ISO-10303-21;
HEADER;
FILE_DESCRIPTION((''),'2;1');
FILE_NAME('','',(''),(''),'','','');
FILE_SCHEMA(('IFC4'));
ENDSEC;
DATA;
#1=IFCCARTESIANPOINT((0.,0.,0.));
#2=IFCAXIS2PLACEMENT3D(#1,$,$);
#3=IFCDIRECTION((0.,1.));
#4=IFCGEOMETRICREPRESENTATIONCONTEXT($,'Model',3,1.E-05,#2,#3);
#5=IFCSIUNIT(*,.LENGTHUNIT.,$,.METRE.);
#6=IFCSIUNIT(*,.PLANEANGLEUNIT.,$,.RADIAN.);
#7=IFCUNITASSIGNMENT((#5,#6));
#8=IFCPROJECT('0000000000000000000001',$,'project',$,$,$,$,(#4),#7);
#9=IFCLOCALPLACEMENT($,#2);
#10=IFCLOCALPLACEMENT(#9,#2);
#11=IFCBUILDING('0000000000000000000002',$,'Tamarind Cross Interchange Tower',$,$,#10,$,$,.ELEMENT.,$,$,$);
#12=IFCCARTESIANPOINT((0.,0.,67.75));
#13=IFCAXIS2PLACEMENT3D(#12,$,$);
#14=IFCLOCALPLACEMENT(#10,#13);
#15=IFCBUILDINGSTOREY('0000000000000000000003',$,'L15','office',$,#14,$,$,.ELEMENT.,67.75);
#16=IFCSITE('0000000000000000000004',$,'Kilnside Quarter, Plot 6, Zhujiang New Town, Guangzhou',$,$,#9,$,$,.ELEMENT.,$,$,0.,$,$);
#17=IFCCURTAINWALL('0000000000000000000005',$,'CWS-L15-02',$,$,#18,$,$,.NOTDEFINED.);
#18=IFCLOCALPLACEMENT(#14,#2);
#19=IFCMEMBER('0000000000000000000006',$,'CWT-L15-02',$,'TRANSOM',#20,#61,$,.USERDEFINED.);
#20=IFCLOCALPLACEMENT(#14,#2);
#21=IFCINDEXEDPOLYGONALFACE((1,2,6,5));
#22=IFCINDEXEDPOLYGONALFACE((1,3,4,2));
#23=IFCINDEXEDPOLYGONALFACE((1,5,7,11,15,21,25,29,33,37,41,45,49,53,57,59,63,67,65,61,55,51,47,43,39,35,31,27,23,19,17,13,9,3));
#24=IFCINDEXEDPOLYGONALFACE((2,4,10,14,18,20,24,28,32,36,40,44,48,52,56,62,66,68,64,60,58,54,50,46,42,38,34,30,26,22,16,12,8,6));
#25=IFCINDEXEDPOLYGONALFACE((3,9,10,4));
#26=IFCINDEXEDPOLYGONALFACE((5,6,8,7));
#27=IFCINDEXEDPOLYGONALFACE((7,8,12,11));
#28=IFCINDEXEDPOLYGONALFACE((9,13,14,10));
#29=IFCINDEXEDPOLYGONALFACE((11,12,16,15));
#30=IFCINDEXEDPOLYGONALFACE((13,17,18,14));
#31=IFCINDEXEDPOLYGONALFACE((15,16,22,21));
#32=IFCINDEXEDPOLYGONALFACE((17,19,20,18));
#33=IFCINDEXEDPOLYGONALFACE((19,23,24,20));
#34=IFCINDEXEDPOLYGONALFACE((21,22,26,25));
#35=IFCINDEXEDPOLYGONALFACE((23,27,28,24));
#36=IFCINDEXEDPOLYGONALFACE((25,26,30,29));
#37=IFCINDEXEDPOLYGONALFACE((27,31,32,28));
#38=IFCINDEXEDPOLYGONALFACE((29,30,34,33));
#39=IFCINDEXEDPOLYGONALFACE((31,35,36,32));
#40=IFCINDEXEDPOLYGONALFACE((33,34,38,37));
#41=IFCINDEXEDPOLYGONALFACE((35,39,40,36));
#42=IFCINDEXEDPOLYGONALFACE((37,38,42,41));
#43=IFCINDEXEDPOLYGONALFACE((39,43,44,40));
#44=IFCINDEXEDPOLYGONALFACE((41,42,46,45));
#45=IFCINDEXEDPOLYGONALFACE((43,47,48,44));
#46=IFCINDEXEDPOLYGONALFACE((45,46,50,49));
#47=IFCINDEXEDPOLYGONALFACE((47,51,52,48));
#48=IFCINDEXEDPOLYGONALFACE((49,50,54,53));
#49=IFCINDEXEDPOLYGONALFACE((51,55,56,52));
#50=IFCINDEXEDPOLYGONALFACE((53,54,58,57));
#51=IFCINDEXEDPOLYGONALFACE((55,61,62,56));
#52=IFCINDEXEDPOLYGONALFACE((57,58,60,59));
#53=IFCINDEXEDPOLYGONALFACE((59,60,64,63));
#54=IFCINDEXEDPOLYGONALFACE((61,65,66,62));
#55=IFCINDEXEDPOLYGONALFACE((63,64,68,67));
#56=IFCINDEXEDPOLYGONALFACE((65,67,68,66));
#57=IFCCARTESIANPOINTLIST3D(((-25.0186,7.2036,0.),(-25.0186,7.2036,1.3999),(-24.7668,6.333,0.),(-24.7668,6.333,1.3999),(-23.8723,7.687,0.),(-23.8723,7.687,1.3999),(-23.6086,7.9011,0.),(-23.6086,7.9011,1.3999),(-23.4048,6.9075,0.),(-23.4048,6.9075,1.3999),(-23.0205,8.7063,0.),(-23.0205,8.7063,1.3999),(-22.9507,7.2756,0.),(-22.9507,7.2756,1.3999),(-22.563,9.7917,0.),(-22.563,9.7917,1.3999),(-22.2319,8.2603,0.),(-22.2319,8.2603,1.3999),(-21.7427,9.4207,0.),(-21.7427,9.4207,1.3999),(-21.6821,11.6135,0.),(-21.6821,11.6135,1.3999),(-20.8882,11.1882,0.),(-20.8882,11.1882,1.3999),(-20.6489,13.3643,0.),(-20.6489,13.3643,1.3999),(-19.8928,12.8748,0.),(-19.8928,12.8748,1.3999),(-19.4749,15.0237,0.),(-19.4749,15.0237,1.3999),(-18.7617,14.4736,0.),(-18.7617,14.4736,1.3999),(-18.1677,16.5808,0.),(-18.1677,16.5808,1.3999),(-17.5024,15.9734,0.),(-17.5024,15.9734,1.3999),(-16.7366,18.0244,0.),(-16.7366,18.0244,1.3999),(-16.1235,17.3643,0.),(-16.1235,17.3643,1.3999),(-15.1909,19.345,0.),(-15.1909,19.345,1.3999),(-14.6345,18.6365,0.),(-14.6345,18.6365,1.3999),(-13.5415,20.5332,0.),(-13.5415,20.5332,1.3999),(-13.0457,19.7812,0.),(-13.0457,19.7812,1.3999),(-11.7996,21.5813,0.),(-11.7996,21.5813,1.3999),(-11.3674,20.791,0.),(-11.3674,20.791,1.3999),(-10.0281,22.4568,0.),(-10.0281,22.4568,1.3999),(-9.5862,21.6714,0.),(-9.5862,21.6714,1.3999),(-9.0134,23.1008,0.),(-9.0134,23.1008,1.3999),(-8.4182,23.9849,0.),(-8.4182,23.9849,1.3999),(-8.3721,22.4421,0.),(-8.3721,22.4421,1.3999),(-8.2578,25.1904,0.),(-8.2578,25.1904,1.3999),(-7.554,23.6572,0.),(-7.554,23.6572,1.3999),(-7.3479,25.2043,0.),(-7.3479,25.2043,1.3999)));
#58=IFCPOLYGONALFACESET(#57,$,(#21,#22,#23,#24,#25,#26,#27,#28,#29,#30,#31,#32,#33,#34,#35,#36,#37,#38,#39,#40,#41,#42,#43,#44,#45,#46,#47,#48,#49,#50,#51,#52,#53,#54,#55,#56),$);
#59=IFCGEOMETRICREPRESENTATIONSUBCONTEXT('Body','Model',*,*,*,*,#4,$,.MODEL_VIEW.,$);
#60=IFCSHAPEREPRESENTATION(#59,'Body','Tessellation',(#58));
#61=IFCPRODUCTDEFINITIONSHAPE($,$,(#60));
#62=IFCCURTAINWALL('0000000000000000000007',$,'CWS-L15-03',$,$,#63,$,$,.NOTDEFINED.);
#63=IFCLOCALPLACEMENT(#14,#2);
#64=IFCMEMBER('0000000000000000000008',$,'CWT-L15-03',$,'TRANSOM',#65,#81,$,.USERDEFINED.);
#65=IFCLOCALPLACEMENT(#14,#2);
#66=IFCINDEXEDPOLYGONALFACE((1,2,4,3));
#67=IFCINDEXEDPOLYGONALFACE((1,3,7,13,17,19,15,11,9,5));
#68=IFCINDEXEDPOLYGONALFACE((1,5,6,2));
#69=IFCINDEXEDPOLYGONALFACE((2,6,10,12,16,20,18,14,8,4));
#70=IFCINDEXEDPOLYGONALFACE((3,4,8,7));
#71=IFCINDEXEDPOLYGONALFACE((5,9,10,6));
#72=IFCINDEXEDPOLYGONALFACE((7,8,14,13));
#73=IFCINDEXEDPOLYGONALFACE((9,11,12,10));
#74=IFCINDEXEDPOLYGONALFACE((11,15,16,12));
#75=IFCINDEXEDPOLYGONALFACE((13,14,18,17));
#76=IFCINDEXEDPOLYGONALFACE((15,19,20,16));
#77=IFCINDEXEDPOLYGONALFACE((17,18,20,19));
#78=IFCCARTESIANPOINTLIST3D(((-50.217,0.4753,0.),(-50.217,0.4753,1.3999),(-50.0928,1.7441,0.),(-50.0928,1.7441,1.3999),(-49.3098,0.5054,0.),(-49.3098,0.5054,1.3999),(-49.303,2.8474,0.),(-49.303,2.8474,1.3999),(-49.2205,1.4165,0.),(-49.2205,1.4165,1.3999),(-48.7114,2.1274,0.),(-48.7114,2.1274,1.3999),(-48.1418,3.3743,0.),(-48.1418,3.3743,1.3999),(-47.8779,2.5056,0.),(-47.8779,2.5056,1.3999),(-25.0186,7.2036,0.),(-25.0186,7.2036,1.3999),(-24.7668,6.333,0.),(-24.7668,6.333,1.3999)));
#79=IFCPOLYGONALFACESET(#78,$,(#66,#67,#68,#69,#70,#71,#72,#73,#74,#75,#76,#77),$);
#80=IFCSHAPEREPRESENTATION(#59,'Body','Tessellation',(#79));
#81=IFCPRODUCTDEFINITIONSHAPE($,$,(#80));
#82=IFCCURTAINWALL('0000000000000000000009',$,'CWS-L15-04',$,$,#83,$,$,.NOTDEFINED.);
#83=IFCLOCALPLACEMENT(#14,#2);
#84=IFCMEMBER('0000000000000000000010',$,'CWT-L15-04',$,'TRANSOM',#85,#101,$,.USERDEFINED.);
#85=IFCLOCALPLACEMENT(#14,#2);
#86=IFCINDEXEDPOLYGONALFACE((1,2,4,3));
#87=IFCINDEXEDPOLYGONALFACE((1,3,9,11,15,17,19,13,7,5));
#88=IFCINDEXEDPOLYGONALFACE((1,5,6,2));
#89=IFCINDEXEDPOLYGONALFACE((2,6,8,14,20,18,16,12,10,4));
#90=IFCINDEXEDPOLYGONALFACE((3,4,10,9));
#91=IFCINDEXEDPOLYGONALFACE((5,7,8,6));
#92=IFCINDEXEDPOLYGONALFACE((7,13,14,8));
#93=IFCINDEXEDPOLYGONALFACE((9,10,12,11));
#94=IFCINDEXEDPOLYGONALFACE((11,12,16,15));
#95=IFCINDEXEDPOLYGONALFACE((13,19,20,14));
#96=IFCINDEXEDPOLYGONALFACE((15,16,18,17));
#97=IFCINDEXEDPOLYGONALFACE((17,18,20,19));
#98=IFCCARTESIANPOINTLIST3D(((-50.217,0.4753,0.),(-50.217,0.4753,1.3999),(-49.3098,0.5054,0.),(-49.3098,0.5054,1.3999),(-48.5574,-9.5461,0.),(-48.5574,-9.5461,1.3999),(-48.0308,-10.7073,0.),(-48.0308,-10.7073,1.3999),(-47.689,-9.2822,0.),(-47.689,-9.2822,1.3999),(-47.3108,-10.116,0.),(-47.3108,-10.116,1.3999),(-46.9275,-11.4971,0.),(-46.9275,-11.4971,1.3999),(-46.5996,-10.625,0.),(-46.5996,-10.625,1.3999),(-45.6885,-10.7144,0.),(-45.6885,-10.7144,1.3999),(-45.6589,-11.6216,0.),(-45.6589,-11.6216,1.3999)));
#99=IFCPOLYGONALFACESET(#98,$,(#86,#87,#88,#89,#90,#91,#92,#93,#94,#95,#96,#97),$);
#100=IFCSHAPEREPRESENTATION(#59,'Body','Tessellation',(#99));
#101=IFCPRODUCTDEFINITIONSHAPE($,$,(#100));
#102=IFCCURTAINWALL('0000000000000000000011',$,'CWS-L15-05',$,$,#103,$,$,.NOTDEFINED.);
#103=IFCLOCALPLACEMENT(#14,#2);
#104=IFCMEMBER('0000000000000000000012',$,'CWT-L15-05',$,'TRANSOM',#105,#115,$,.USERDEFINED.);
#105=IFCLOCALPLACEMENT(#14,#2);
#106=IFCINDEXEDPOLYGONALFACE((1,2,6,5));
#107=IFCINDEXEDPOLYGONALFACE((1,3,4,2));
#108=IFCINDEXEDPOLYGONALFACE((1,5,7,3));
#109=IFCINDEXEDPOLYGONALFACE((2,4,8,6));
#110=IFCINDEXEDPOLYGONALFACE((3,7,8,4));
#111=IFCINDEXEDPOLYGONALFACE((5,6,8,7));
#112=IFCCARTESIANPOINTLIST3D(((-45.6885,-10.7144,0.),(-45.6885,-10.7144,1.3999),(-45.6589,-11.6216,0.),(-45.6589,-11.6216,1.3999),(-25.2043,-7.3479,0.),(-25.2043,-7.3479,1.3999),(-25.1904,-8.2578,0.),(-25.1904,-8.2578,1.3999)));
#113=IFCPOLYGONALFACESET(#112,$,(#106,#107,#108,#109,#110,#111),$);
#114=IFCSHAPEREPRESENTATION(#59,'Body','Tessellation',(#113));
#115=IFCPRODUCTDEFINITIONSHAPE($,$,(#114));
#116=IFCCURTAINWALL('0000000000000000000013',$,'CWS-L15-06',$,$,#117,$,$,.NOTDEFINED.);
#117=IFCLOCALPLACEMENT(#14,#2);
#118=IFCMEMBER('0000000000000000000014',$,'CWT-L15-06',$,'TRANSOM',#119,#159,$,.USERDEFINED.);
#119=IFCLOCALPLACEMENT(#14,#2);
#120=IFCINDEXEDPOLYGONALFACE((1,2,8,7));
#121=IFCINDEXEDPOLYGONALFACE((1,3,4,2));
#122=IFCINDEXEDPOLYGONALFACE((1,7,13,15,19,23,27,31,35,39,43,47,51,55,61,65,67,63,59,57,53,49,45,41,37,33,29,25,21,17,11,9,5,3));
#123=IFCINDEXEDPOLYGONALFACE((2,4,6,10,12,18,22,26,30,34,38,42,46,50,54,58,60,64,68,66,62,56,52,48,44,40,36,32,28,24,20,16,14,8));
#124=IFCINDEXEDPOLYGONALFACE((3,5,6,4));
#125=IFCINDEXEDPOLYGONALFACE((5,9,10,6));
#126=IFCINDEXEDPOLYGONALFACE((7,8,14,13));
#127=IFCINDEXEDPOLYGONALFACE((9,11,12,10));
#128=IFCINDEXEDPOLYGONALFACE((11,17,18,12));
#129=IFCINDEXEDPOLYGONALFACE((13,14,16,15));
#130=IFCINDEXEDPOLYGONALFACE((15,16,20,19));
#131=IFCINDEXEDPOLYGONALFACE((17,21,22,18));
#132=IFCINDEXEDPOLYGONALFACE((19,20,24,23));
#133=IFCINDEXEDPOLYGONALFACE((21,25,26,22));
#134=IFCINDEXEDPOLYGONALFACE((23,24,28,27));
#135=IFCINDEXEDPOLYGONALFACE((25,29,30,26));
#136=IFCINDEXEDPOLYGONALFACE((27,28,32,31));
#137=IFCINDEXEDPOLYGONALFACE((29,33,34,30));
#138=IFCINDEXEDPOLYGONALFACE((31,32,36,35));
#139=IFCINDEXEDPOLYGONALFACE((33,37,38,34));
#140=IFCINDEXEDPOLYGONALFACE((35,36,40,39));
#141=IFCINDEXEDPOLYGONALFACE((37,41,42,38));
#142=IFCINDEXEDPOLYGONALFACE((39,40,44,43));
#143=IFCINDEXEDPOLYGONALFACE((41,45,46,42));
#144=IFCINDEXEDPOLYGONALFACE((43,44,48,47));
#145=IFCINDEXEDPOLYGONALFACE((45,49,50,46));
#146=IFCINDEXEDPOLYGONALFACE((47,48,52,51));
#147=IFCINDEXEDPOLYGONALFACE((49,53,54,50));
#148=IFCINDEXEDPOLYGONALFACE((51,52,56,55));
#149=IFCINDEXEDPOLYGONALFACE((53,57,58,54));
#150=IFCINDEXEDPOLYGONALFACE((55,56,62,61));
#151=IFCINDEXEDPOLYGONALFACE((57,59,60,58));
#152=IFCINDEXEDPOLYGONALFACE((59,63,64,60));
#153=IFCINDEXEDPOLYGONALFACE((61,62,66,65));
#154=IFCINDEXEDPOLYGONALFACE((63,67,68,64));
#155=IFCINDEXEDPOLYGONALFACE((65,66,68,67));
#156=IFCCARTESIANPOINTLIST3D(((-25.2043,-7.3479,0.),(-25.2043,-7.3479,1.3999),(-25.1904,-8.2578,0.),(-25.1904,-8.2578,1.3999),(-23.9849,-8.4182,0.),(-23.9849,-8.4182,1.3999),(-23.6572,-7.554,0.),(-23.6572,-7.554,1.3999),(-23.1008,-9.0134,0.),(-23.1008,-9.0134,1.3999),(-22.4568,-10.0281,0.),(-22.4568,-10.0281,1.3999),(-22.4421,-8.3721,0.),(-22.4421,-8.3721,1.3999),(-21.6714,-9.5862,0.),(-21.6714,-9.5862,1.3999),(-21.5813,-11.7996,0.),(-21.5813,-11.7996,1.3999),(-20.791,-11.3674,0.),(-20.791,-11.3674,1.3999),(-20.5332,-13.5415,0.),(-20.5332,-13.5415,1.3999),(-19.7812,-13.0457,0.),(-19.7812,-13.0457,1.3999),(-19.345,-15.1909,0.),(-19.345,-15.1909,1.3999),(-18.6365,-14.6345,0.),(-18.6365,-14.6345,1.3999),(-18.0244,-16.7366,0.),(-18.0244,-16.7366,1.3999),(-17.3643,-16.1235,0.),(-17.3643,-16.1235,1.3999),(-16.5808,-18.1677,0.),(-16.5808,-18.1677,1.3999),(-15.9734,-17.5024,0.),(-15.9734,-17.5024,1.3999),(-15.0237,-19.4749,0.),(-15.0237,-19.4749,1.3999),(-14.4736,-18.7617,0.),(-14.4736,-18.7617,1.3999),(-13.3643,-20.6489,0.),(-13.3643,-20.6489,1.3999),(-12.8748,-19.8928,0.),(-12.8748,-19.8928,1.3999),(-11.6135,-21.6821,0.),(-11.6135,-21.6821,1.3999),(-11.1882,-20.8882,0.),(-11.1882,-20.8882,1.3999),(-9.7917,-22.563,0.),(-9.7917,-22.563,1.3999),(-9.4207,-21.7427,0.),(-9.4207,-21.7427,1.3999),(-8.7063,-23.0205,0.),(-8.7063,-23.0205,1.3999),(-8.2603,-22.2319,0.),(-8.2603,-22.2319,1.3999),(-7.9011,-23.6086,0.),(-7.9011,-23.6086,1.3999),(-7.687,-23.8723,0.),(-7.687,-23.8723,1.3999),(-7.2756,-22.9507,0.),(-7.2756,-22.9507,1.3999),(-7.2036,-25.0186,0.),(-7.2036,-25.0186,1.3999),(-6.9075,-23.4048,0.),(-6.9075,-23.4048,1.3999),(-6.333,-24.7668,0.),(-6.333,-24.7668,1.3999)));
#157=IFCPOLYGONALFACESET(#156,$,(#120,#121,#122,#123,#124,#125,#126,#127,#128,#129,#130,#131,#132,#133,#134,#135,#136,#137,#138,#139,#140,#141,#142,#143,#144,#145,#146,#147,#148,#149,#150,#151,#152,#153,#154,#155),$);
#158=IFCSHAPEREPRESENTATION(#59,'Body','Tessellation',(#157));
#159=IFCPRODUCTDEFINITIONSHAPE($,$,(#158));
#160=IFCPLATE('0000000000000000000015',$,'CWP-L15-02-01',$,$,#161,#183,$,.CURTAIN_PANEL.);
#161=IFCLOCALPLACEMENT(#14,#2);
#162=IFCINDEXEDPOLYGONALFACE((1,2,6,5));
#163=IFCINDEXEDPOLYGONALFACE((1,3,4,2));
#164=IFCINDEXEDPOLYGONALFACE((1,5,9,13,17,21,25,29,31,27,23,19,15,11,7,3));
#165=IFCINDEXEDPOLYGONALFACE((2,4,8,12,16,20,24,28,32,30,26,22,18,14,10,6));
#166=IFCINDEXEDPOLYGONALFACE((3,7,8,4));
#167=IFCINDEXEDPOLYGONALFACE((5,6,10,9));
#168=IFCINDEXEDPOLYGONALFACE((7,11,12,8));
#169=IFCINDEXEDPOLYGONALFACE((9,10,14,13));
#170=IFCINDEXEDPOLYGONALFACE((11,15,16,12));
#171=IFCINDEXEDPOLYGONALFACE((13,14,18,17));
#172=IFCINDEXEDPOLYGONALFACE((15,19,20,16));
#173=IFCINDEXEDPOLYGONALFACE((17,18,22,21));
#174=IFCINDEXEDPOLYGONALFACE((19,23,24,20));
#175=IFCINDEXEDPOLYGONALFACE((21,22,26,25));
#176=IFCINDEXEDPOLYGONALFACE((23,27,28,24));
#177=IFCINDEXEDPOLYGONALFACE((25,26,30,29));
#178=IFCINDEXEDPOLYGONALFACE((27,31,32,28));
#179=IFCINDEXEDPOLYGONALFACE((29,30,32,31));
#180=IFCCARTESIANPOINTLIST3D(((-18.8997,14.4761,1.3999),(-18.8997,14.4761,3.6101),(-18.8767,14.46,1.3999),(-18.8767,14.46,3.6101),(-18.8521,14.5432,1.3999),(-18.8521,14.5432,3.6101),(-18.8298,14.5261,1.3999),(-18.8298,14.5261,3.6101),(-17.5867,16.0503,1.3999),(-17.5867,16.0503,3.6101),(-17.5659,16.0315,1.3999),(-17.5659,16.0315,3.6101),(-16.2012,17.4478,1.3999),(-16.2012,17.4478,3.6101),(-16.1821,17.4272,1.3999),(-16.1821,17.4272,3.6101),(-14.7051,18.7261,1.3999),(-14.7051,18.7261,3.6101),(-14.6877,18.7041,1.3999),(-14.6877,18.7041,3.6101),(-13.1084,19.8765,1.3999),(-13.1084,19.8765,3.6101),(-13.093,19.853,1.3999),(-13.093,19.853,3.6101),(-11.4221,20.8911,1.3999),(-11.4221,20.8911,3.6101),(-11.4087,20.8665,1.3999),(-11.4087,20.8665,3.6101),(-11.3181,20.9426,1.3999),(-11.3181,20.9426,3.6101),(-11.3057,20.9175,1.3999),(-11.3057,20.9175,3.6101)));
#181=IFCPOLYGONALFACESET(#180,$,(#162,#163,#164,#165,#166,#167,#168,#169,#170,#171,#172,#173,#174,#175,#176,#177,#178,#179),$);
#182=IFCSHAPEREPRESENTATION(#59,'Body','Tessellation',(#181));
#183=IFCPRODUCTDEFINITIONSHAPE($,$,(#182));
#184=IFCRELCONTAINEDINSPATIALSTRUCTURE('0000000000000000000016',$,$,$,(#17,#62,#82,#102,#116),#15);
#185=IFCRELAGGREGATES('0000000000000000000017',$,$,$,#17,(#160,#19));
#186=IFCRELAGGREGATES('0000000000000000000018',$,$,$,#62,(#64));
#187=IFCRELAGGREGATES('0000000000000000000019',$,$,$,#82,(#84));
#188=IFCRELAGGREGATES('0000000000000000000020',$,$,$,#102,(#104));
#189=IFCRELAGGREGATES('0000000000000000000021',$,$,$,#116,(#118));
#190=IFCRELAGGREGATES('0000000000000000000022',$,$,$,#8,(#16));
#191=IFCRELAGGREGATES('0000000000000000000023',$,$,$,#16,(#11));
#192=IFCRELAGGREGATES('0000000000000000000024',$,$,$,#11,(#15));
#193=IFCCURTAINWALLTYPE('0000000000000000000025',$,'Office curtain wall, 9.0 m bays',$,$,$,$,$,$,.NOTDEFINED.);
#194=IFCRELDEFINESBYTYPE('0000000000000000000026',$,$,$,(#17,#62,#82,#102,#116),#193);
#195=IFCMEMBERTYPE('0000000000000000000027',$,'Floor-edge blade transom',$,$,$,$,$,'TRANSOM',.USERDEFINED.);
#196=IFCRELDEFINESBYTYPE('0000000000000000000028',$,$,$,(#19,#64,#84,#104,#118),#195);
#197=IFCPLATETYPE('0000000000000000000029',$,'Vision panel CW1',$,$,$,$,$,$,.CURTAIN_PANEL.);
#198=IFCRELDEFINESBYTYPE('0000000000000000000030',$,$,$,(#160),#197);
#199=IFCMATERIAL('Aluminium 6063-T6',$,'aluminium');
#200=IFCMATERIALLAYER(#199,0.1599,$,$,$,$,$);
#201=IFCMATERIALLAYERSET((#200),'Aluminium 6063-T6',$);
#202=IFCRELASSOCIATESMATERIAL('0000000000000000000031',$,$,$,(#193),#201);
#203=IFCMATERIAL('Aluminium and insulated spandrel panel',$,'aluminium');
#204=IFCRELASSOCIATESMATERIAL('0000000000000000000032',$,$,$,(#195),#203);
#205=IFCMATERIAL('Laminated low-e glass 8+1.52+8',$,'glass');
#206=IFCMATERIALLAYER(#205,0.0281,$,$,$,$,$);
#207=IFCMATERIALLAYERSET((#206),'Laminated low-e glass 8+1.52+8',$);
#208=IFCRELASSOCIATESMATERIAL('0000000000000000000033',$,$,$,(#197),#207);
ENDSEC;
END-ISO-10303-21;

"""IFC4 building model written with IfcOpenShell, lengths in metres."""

from ifc_helpers import new_model, si_unit, direction, frame, origin, place, context, subcontext, project, spatial, polyline, outline, extrude, material, layer, layer_set, type_object, element, aggregate, save


model = new_model("IFC4")

# Units and contexts
model_context = context("Model", 3, precision=1e-05, world=origin(), true_north=direction((0.0, 1.0)))
body_context = subcontext(model_context, "Body", "Model", "MODEL_VIEW")
ifc_project = project(units=[si_unit("LENGTHUNIT", "METRE"), si_unit("PLANEANGLEUNIT", "RADIAN")], contexts=[model_context])

# Site, building, storey
site_placement = place(None, origin())
site = spatial("IfcSite", under=ifc_project, at=site_placement, Name="Kilnside Quarter, Plot 6, Zhujiang New Town, Guangzhou", CompositionType="ELEMENT", RefElevation=0.0)
building_placement = place(site_placement, origin())
building = spatial("IfcBuilding", under=site, at=building_placement, Name="Tamarind Cross Interchange Tower", CompositionType="ELEMENT")
storey_placement = place(building_placement, frame((0.0, 0.0, 67.75)))
storey = spatial("IfcBuildingStorey", under=building, at=storey_placement, Name="L15", Description="office", CompositionType="ELEMENT", Elevation=67.75)

# Curtain walls, members
ifc_material_1 = material(Name="Aluminium 6063-T6", Category="aluminium")
ifc_layer_1 = layer(ifc_material_1, 0.1599)
ifc_layer_set_1 = layer_set([ifc_layer_1], Name="Aluminium 6063-T6")
curtain_wall_type = type_object("IfcCurtainWallType", Name="Office curtain wall, 9.0 m bays", PredefinedType="NOTDEFINED", material=ifc_layer_set_1)
curtain_wall_1_placement = place(storey_placement, origin())
curtain_wall_1 = element("IfcCurtainWall", 1, at=curtain_wall_1_placement, inside=storey, type_object=curtain_wall_type, Name="CWS-L15-02", PredefinedType="NOTDEFINED")
ifc_material_2 = material(Name="Aluminium and insulated spandrel panel", Category="aluminium")
member_type = type_object("IfcMemberType", Name="Floor-edge blade transom", ElementType="TRANSOM", PredefinedType="USERDEFINED", material=ifc_material_2)
member_1_placement = place(storey_placement, origin())
member_1 = element("IfcMember", 2, at=member_1_placement, type_object=member_type, Name="CWT-L15-02", ObjectType="TRANSOM", PredefinedType="USERDEFINED", context=body_context, shape_type="SweptSolid", body=[
    extrude(outline(polyline([(-7.3479, 25.2043), (-7.554, 23.6572), (-8.3721, 22.4421), (-9.5862, 21.6714), (-11.3674, 20.791), (-13.0457, 19.7812), (-14.6345, 18.6365), (-16.1235, 17.3643), (-17.5024, 15.9734), (-18.7617, 14.4736), (-19.8928, 12.8748), (-20.8882, 11.1882), (-21.7427, 9.4207), (-22.2319, 8.2603), (-22.9507, 7.2756), (-23.4048, 6.9075), (-24.7668, 6.333), (-25.0186, 7.2036), (-23.8723, 7.687), (-23.6086, 7.9011), (-23.0205, 8.7063), (-22.563, 9.7917), (-21.6821, 11.6135), (-20.6489, 13.3643), (-19.4749, 15.0237), (-18.1677, 16.5808), (-16.7366, 18.0244), (-15.1909, 19.345), (-13.5415, 20.5332), (-11.7996, 21.5813), (-10.0281, 22.4568), (-9.0134, 23.1008), (-8.4182, 23.9849), (-8.2578, 25.1904), (-7.3479, 25.2043)])), origin(), (0.0, 0.0, 1.0), 1.3999),
])
curtain_wall_2_placement = place(storey_placement, origin())
curtain_wall_2 = element("IfcCurtainWall", 3, at=curtain_wall_2_placement, inside=storey, type_object=curtain_wall_type, Name="CWS-L15-03", PredefinedType="NOTDEFINED")
member_2_placement = place(storey_placement, origin())
member_2 = element("IfcMember", 4, at=member_2_placement, type_object=member_type, Name="CWT-L15-03", ObjectType="TRANSOM", PredefinedType="USERDEFINED", context=body_context, shape_type="SweptSolid", body=[
    extrude(outline(polyline([(-24.7668, 6.333), (-47.8779, 2.5056), (-48.7114, 2.1274), (-49.2205, 1.4165), (-49.3098, 0.5054), (-50.217, 0.4753), (-50.0928, 1.7441), (-49.303, 2.8474), (-48.1418, 3.3743), (-25.0186, 7.2036), (-24.7668, 6.333)])), origin(), (0.0, 0.0, 1.0), 1.3999),
])
curtain_wall_3_placement = place(storey_placement, origin())
curtain_wall_3 = element("IfcCurtainWall", 5, at=curtain_wall_3_placement, inside=storey, type_object=curtain_wall_type, Name="CWS-L15-04", PredefinedType="NOTDEFINED")
member_3_placement = place(storey_placement, origin())
member_3 = element("IfcMember", 6, at=member_3_placement, type_object=member_type, Name="CWT-L15-04", ObjectType="TRANSOM", PredefinedType="USERDEFINED", context=body_context, shape_type="SweptSolid", body=[
    extrude(outline(polyline([(-49.3098, 0.5054), (-47.689, -9.2822), (-47.3108, -10.116), (-46.5996, -10.625), (-45.6885, -10.7144), (-45.6589, -11.6216), (-46.9275, -11.4971), (-48.0308, -10.7073), (-48.5574, -9.5461), (-50.217, 0.4753), (-49.3098, 0.5054)])), origin(), (0.0, 0.0, 1.0), 1.3999),
])
curtain_wall_4_placement = place(storey_placement, origin())
curtain_wall_4 = element("IfcCurtainWall", 7, at=curtain_wall_4_placement, inside=storey, type_object=curtain_wall_type, Name="CWS-L15-05", PredefinedType="NOTDEFINED")
member_4_placement = place(storey_placement, origin())
member_4 = element("IfcMember", 8, at=member_4_placement, type_object=member_type, Name="CWT-L15-05", ObjectType="TRANSOM", PredefinedType="USERDEFINED", context=body_context, shape_type="SweptSolid", body=[
    extrude(outline(polyline([(-45.6885, -10.7144), (-25.2043, -7.3479), (-25.1904, -8.2578), (-45.6589, -11.6216), (-45.6885, -10.7144)])), origin(), (0.0, 0.0, 1.0), 1.3999),
])
curtain_wall_5_placement = place(storey_placement, origin())
curtain_wall_5 = element("IfcCurtainWall", 9, at=curtain_wall_5_placement, inside=storey, type_object=curtain_wall_type, Name="CWS-L15-06", PredefinedType="NOTDEFINED")
member_5_placement = place(storey_placement, origin())
member_5 = element("IfcMember", 10, at=member_5_placement, type_object=member_type, Name="CWT-L15-06", ObjectType="TRANSOM", PredefinedType="USERDEFINED", context=body_context, shape_type="SweptSolid", body=[
    extrude(outline(polyline([(-25.2043, -7.3479), (-23.6572, -7.554), (-22.4421, -8.3721), (-21.6714, -9.5862), (-20.791, -11.3674), (-19.7812, -13.0457), (-18.6365, -14.6345), (-17.3643, -16.1235), (-15.9734, -17.5024), (-14.4736, -18.7617), (-12.8748, -19.8928), (-11.1882, -20.8882), (-9.4207, -21.7427), (-8.2603, -22.2319), (-7.2756, -22.9507), (-6.9075, -23.4048), (-6.333, -24.7668), (-7.2036, -25.0186), (-7.687, -23.8723), (-7.9011, -23.6086), (-8.7063, -23.0205), (-9.7917, -22.563), (-11.6135, -21.6821), (-13.3643, -20.6489), (-15.0237, -19.4749), (-16.5808, -18.1677), (-18.0244, -16.7366), (-19.345, -15.1909), (-20.5332, -13.5415), (-21.5813, -11.7996), (-22.4568, -10.0281), (-23.1008, -9.0134), (-23.9849, -8.4182), (-25.1904, -8.2578), (-25.2043, -7.3479)])), origin(), (0.0, 0.0, 1.0), 1.3999),
])

# Plate
ifc_material_3 = material(Name="Laminated low-e glass 8+1.52+8", Category="glass")
ifc_layer_2 = layer(ifc_material_3, 0.0281)
ifc_layer_set_2 = layer_set([ifc_layer_2], Name="Laminated low-e glass 8+1.52+8")
plate_type = type_object("IfcPlateType", Name="Vision panel CW1", PredefinedType="CURTAIN_PANEL", material=ifc_layer_set_2)
plate_1_placement = place(storey_placement, frame((0.0, 0.0, 1.3999)))
plate_1 = element("IfcPlate", 11, at=plate_1_placement, type_object=plate_type, Name="CWP-L15-02-01", PredefinedType="CURTAIN_PANEL", context=body_context, shape_type="SweptSolid", body=[
    extrude(outline(polyline([(-11.3057, 20.9175), (-11.4087, 20.8665), (-13.093, 19.853), (-14.6877, 18.7041), (-16.1821, 17.4272), (-17.5659, 16.0315), (-18.8298, 14.5261), (-18.8767, 14.46), (-18.8997, 14.4761), (-18.8521, 14.5432), (-17.5867, 16.0503), (-16.2012, 17.4478), (-14.7051, 18.7261), (-13.1084, 19.8765), (-11.4221, 20.8911), (-11.3181, 20.9426), (-11.3057, 20.9175)])), origin(), (0.0, 0.0, 1.0), 2.2102),
])
aggregate(curtain_wall_1, [plate_1, member_1])
aggregate(curtain_wall_2, [member_2])
aggregate(curtain_wall_3, [member_3])
aggregate(curtain_wall_4, [member_4])
aggregate(curtain_wall_5, [member_5])

save(model, "model.ifc")
